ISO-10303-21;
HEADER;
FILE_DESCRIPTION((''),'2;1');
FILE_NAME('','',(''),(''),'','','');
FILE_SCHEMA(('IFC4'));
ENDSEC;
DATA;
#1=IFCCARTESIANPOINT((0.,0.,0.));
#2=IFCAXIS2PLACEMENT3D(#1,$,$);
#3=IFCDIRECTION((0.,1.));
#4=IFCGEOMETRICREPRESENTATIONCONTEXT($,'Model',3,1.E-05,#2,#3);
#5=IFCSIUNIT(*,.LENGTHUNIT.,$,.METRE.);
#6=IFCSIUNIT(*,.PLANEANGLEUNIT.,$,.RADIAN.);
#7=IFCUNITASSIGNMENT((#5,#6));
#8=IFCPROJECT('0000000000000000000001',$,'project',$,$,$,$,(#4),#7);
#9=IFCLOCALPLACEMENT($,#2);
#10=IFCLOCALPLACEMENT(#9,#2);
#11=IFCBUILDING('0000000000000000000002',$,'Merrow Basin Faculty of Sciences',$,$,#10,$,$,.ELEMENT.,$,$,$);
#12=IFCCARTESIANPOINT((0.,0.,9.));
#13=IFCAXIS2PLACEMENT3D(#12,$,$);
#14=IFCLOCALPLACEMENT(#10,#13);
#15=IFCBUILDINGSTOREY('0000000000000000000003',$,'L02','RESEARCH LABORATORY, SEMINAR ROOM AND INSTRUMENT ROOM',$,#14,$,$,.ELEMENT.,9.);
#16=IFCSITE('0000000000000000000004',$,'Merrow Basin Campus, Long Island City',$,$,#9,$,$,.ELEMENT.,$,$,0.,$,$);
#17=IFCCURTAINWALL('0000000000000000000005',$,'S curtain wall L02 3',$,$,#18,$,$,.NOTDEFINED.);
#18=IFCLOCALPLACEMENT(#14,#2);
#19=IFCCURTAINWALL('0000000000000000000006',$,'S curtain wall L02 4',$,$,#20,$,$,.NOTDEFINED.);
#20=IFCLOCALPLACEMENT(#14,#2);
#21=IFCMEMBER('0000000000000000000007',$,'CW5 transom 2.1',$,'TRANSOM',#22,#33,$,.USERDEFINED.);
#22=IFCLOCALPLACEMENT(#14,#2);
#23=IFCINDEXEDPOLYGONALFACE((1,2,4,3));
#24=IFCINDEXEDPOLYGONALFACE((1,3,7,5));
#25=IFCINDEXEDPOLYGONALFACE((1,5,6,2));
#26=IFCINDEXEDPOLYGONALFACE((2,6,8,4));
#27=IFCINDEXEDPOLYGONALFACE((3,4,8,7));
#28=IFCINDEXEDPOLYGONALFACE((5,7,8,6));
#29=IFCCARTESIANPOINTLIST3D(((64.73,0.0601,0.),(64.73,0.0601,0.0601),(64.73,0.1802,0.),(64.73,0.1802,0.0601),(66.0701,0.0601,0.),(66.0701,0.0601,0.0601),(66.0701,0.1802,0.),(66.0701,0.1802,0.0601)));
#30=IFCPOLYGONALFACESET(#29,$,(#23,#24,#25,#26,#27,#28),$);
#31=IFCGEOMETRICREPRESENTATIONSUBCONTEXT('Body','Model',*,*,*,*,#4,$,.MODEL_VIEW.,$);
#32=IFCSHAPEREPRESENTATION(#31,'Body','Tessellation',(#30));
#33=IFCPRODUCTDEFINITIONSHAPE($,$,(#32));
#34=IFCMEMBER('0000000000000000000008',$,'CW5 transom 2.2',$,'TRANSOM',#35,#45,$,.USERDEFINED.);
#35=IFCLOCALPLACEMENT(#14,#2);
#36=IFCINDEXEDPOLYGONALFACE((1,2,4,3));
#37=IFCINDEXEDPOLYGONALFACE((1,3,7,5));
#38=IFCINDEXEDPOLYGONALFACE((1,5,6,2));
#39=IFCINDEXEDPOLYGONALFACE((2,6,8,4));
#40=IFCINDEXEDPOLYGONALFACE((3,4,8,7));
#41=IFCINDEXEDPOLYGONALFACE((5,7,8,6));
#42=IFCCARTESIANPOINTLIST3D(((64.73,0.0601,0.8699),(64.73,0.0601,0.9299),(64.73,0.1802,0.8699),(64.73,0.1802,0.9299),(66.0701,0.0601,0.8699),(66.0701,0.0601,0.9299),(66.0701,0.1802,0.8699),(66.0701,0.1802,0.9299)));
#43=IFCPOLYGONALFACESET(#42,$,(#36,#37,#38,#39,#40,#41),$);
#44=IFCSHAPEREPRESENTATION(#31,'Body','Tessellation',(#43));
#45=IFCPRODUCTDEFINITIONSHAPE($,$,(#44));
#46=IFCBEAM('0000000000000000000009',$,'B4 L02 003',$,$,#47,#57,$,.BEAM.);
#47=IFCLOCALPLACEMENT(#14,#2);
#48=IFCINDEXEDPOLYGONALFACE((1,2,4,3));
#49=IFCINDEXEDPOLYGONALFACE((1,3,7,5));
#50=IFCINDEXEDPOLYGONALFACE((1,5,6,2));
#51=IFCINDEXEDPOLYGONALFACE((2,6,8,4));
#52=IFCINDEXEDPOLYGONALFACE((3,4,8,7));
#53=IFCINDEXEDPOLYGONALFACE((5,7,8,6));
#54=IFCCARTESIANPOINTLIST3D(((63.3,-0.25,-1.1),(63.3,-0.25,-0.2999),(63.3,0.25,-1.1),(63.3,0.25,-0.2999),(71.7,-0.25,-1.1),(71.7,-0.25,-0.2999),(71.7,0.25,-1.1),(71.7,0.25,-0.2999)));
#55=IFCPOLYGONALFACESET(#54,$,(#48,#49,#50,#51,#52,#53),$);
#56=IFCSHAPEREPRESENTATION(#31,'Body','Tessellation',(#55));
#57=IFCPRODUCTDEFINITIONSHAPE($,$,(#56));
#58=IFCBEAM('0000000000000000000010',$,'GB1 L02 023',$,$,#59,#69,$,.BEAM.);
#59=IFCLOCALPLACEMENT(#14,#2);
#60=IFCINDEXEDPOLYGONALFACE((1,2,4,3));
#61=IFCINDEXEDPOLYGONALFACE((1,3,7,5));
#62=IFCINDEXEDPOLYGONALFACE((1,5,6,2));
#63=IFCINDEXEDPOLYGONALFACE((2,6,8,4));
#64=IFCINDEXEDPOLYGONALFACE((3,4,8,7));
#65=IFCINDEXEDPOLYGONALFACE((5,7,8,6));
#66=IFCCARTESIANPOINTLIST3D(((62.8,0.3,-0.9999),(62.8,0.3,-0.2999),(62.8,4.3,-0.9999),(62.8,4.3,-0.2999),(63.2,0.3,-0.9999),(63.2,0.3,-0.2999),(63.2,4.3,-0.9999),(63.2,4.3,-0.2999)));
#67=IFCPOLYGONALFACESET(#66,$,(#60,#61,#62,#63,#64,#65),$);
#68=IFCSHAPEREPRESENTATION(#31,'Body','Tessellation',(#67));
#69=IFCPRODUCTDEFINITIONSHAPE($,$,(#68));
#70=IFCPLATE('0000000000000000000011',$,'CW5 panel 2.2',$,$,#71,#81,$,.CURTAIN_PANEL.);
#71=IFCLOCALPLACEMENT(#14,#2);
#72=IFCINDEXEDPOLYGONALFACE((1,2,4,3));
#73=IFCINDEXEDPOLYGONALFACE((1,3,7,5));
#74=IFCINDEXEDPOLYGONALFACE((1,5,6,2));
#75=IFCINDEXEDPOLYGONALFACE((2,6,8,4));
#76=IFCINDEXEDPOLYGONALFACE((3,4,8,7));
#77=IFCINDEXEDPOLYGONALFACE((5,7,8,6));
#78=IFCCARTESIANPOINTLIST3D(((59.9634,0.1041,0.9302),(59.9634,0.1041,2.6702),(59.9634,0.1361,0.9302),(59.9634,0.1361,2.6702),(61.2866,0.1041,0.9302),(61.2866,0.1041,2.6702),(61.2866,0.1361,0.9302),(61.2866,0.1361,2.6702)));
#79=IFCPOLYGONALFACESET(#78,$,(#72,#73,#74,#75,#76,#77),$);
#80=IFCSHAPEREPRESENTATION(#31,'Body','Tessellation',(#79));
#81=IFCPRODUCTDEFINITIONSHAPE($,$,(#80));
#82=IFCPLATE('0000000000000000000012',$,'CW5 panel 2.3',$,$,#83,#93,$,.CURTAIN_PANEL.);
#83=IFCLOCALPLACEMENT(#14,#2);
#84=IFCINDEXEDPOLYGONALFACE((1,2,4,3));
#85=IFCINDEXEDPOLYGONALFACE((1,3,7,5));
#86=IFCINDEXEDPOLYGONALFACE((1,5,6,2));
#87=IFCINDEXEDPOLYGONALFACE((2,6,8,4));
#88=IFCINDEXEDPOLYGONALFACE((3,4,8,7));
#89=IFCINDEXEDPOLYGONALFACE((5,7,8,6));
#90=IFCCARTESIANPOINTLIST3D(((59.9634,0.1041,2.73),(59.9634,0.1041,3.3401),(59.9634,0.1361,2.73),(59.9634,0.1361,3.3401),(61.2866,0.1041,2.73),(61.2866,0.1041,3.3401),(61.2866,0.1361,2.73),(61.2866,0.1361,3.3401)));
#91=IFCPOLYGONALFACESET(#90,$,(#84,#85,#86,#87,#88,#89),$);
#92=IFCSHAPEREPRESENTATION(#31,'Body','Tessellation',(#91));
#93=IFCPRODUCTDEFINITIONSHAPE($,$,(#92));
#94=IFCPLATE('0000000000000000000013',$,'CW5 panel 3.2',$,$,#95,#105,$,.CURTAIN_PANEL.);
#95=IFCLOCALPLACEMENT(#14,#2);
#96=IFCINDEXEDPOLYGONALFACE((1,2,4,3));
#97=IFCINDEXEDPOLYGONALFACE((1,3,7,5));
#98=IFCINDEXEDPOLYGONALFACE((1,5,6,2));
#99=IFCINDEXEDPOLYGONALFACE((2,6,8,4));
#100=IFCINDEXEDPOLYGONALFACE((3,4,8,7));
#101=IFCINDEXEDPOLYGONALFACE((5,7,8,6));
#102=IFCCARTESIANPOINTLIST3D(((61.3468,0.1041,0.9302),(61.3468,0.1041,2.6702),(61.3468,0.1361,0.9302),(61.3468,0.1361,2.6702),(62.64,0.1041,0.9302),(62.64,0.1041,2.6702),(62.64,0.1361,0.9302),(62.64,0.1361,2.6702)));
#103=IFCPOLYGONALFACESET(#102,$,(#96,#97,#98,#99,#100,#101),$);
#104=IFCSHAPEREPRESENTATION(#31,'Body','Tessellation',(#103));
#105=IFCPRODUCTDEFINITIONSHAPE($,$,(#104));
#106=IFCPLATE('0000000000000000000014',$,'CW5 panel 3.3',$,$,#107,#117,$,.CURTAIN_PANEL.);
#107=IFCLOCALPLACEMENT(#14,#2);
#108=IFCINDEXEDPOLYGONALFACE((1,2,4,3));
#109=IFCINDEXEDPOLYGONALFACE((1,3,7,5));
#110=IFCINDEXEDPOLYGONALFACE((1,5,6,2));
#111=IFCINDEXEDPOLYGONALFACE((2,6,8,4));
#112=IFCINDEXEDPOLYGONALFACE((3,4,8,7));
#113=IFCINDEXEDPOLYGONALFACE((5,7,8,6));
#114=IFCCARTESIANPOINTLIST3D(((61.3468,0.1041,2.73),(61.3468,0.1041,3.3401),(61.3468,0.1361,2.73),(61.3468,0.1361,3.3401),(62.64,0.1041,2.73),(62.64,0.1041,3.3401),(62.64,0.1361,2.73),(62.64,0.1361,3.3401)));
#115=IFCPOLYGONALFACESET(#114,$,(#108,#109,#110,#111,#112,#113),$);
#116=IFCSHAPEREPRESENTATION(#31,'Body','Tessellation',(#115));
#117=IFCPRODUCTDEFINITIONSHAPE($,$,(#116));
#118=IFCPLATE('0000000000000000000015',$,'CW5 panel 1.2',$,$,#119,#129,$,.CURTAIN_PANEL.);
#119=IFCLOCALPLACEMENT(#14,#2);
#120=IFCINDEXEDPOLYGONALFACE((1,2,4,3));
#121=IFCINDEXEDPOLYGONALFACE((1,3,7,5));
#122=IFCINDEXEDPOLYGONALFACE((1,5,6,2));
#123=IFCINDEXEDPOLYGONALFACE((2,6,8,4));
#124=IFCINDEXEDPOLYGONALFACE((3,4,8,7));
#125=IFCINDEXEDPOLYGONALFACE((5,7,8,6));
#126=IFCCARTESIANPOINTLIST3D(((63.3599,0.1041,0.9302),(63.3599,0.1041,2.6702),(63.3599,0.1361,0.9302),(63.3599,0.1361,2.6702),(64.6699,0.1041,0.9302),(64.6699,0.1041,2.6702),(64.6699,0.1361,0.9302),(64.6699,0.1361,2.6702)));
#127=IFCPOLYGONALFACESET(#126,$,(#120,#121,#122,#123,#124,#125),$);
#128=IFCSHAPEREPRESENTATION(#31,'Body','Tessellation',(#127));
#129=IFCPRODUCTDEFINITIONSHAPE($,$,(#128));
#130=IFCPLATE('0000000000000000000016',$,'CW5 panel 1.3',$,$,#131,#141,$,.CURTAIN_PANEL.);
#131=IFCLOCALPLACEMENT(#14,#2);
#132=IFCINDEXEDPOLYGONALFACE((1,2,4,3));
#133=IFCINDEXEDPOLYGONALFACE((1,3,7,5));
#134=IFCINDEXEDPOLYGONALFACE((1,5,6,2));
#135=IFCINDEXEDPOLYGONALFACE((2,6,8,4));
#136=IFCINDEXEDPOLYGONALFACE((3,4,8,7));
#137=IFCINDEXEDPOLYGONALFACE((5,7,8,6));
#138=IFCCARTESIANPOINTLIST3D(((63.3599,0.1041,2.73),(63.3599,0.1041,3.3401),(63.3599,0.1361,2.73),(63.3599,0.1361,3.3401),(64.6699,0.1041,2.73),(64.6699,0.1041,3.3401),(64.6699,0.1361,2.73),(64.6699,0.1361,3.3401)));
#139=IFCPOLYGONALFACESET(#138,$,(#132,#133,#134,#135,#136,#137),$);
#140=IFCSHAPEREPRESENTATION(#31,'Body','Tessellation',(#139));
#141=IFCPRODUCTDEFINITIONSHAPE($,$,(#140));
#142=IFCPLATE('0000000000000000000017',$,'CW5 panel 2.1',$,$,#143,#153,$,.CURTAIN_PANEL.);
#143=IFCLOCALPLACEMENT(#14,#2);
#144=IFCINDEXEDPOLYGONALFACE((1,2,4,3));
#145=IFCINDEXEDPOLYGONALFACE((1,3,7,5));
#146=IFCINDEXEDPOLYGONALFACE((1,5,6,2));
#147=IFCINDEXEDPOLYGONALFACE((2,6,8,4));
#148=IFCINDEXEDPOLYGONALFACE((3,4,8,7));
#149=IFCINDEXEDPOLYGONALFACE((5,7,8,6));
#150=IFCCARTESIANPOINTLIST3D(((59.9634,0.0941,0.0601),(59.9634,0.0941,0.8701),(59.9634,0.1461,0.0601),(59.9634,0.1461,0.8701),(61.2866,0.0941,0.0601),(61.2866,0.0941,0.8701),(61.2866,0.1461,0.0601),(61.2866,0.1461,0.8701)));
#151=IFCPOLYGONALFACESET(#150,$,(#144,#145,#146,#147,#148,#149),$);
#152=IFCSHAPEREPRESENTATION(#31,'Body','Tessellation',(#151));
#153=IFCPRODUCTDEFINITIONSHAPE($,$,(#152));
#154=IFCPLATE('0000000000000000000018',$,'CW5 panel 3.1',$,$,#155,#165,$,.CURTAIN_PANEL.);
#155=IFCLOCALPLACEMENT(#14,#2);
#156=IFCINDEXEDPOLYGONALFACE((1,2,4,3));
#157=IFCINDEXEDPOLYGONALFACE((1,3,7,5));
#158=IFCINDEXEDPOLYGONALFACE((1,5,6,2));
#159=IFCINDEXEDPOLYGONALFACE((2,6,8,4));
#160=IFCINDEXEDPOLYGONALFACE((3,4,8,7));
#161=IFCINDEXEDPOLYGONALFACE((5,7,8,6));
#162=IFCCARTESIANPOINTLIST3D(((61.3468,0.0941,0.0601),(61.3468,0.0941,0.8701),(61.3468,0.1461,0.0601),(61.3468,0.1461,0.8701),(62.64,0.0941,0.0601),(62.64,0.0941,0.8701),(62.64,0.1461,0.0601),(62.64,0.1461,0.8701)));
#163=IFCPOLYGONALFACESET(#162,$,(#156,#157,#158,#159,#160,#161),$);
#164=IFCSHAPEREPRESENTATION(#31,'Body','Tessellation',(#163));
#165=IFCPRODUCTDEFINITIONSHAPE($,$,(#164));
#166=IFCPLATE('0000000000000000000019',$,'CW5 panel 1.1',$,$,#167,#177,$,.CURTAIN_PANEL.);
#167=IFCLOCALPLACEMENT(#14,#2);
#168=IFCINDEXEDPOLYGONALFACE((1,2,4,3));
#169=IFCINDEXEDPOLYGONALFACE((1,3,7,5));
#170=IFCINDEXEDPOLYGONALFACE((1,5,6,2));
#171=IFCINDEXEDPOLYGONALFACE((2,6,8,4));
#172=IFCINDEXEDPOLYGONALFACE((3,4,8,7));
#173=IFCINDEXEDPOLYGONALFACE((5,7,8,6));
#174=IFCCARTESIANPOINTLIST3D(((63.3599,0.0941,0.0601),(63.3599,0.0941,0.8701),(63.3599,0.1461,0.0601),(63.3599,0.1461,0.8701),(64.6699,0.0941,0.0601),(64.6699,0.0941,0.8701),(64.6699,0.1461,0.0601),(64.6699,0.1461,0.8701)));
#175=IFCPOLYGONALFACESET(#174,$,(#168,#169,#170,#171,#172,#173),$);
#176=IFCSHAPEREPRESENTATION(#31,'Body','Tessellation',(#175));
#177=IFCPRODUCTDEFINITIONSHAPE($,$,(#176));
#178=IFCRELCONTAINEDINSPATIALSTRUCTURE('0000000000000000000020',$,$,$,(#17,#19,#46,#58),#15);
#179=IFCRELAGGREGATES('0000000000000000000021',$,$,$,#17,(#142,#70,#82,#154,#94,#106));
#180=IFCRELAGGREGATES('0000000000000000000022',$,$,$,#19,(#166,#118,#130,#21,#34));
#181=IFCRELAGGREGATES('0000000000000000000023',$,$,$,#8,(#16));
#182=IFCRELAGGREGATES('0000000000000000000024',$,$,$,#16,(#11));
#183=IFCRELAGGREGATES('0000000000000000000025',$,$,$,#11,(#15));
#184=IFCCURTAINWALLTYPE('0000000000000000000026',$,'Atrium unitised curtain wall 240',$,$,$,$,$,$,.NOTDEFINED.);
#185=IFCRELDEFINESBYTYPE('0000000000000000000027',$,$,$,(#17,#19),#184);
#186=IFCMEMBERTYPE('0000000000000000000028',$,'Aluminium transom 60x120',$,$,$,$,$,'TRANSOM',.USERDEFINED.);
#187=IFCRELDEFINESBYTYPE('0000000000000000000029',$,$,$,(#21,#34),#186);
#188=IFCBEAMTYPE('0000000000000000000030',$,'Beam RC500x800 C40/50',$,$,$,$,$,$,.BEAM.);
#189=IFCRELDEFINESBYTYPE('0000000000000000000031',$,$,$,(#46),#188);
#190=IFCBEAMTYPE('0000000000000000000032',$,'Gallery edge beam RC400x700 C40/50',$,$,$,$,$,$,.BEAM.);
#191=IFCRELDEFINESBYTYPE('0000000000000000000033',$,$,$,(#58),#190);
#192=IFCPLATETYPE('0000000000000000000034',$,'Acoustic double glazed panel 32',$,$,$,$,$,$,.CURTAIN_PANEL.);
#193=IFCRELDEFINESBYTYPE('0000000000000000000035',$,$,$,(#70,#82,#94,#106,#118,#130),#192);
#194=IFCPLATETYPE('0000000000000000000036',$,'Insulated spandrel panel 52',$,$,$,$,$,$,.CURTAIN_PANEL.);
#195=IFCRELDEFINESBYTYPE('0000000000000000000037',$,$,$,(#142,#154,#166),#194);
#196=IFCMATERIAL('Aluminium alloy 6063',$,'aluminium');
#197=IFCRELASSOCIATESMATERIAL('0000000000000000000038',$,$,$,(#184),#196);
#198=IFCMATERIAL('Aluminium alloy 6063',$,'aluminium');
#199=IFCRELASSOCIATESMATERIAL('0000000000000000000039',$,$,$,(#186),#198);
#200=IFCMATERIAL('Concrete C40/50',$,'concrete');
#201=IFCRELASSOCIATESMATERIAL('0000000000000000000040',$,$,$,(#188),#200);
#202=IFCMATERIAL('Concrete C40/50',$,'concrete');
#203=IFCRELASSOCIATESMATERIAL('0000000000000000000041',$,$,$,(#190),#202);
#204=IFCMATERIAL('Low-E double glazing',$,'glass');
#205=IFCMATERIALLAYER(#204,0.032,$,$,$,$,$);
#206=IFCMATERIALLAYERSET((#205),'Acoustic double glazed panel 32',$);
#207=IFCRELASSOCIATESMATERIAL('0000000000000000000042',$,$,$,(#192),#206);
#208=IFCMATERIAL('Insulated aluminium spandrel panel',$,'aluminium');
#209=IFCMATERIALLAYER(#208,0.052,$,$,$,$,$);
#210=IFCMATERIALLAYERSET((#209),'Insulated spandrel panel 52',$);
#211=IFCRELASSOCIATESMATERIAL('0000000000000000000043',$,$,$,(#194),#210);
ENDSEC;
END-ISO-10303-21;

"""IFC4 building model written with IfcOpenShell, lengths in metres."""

from ifc_helpers import new_model, si_unit, direction, frame, origin, origin_2d, place, context, subcontext, project, spatial, rectangle, extrude, material, layer, layer_set, material_profile, profile_set, type_object, element, aggregate, save


model = new_model("IFC4")

# Units and contexts
model_context = context("Model", 3, precision=1e-05, world=origin(), true_north=direction((0.0, 1.0)))
body_context = subcontext(model_context, "Body", "Model", "MODEL_VIEW")
ifc_project = project(units=[si_unit("LENGTHUNIT", "METRE"), si_unit("PLANEANGLEUNIT", "RADIAN")], contexts=[model_context])

# Site, building, storey
site_placement = place(None, origin())
site = spatial("IfcSite", under=ifc_project, at=site_placement, Name="Merrow Basin Campus, Long Island City", CompositionType="ELEMENT", RefElevation=0.0)
building_placement = place(site_placement, origin())
building = spatial("IfcBuilding", under=site, at=building_placement, Name="Merrow Basin Faculty of Sciences", CompositionType="ELEMENT")
storey_placement = place(building_placement, frame((0.0, 0.0, 9.0)))
storey = spatial("IfcBuildingStorey", under=building, at=storey_placement, Name="L02", Description="RESEARCH LABORATORY, SEMINAR ROOM AND INSTRUMENT ROOM", CompositionType="ELEMENT", Elevation=9.0)

# Curtain walls
ifc_material_1 = material(Name="Aluminium alloy 6063", Category="aluminium")
curtain_wall_type = type_object("IfcCurtainWallType", Name="Atrium unitised curtain wall 240", PredefinedType="NOTDEFINED", material=ifc_material_1)
curtain_wall_1_placement = place(storey_placement, origin())
curtain_wall_1 = element("IfcCurtainWall", 1, at=curtain_wall_1_placement, inside=storey, type_object=curtain_wall_type, Name="S curtain wall L02 3", PredefinedType="NOTDEFINED")
curtain_wall_2_placement = place(storey_placement, origin())
curtain_wall_2 = element("IfcCurtainWall", 2, at=curtain_wall_2_placement, inside=storey, type_object=curtain_wall_type, Name="S curtain wall L02 4", PredefinedType="NOTDEFINED")

# Members
ifc_material_2 = material(Name="Aluminium alloy 6063", Category="aluminium")
ifc_material_profile_1 = material_profile(ifc_material_2, rectangle(XDim=0.1201, YDim=0.0601, at=origin_2d()))
ifc_profile_set_1 = profile_set([ifc_material_profile_1], Name="Aluminium alloy 6063")
member_type_1 = type_object("IfcMemberType", Name="Aluminium transom 60x120", ElementType="TRANSOM", PredefinedType="USERDEFINED", material=ifc_profile_set_1)
member_1_placement = place(storey_placement, frame((64.73, 0.1201, 0.03), z_axis=(1.0, 0.0, 0.0), x_axis=(0.0, 1.0, 0.0)))
member_1 = element("IfcMember", 3, at=member_1_placement, type_object=member_type_1, Name="CW5 transom 2.1", ObjectType="TRANSOM", PredefinedType="USERDEFINED", context=body_context, shape_type="SweptSolid", body=[
    extrude(rectangle(XDim=0.1201, YDim=0.0601, at=origin_2d()), origin(), (0.0, 0.0, 1.0), 1.3401),
])
member_2_placement = place(storey_placement, frame((64.73, 0.1201, 0.8999), z_axis=(1.0, 0.0, 0.0), x_axis=(0.0, 1.0, 0.0)))
member_2 = element("IfcMember", 4, at=member_2_placement, type_object=member_type_1, Name="CW5 transom 2.2", ObjectType="TRANSOM", PredefinedType="USERDEFINED", context=body_context, shape_type="SweptSolid", body=[
    extrude(rectangle(XDim=0.1201, YDim=0.0601, at=origin_2d()), origin(), (0.0, 0.0, 1.0), 1.3401),
])

# Beams
ifc_material_3 = material(Name="Concrete C40/50", Category="concrete")
ifc_material_profile_2 = material_profile(ifc_material_3, rectangle(XDim=0.5, YDim=0.8, at=origin_2d()))
ifc_profile_set_2 = profile_set([ifc_material_profile_2], Name="Concrete C40/50")
beam_type_1 = type_object("IfcBeamType", Name="Beam RC500x800 C40/50", PredefinedType="BEAM", material=ifc_profile_set_2)
beam_1_placement = place(storey_placement, frame((63.3, 0.0, -0.7), z_axis=(1.0, 0.0, 0.0), x_axis=(0.0, 1.0, 0.0)))
element("IfcBeam", 5, at=beam_1_placement, inside=storey, type_object=beam_type_1, Name="B4 L02 003", PredefinedType="BEAM", context=body_context, shape_type="SweptSolid", body=[
    extrude(rectangle(XDim=0.5, YDim=0.8, at=origin_2d()), origin(), (0.0, 0.0, 1.0), 8.3999),
])
ifc_material_4 = material(Name="Concrete C40/50", Category="concrete")
ifc_material_profile_3 = material_profile(ifc_material_4, rectangle(XDim=0.3999, YDim=0.7, at=origin_2d()))
ifc_profile_set_3 = profile_set([ifc_material_profile_3], Name="Concrete C40/50")
beam_type_2 = type_object("IfcBeamType", Name="Gallery edge beam RC400x700 C40/50", PredefinedType="BEAM", material=ifc_profile_set_3)
beam_2_placement = place(storey_placement, frame((63.0, 0.3, -0.6499), z_axis=(0.0, 1.0, 0.0), x_axis=(-1.0, 0.0, 0.0)))
element("IfcBeam", 6, at=beam_2_placement, inside=storey, type_object=beam_type_2, Name="GB1 L02 023", PredefinedType="BEAM", context=body_context, shape_type="SweptSolid", body=[
    extrude(rectangle(XDim=0.3999, YDim=0.7, at=origin_2d()), origin(), (0.0, 0.0, 1.0), 4.0),
])

# Plates
ifc_material_5 = material(Name="Low-E double glazing", Category="glass")
ifc_layer_1 = layer(ifc_material_5, 0.032)
ifc_layer_set_1 = layer_set([ifc_layer_1], Name="Acoustic double glazed panel 32")
plate_type_1 = type_object("IfcPlateType", Name="Acoustic double glazed panel 32", PredefinedType="CURTAIN_PANEL", material=ifc_layer_set_1)
plate_1_placement = place(storey_placement, frame((60.625, 0.1201, 0.9302), z_axis=(0.0, 0.0, 1.0), x_axis=(1.0, 0.0, 0.0)))
plate_1 = element("IfcPlate", 7, at=plate_1_placement, type_object=plate_type_1, Name="CW5 panel 2.2", PredefinedType="CURTAIN_PANEL", context=body_context, shape_type="SweptSolid", body=[
    extrude(rectangle(XDim=1.3232, YDim=0.032, at=origin_2d()), origin(), (0.0, 0.0, 1.0), 1.74),
])
plate_2_placement = place(storey_placement, frame((60.625, 0.1201, 2.73), z_axis=(0.0, 0.0, 1.0), x_axis=(1.0, 0.0, 0.0)))
plate_2 = element("IfcPlate", 8, at=plate_2_placement, type_object=plate_type_1, Name="CW5 panel 2.3", PredefinedType="CURTAIN_PANEL", context=body_context, shape_type="SweptSolid", body=[
    extrude(rectangle(XDim=1.3232, YDim=0.032, at=origin_2d()), origin(), (0.0, 0.0, 1.0), 0.6101),
])
plate_3_placement = place(storey_placement, frame((61.9934, 0.1201, 0.9302), z_axis=(0.0, 0.0, 1.0), x_axis=(1.0, 0.0, 0.0)))
plate_3 = element("IfcPlate", 9, at=plate_3_placement, type_object=plate_type_1, Name="CW5 panel 3.2", PredefinedType="CURTAIN_PANEL", context=body_context, shape_type="SweptSolid", body=[
    extrude(rectangle(XDim=1.2932, YDim=0.032, at=origin_2d()), origin(), (0.0, 0.0, 1.0), 1.74),
])
plate_4_placement = place(storey_placement, frame((61.9934, 0.1201, 2.73), z_axis=(0.0, 0.0, 1.0), x_axis=(1.0, 0.0, 0.0)))
plate_4 = element("IfcPlate", 10, at=plate_4_placement, type_object=plate_type_1, Name="CW5 panel 3.3", PredefinedType="CURTAIN_PANEL", context=body_context, shape_type="SweptSolid", body=[
    extrude(rectangle(XDim=1.2932, YDim=0.032, at=origin_2d()), origin(), (0.0, 0.0, 1.0), 0.6101),
])
plate_5_placement = place(storey_placement, frame((64.0149, 0.1201, 0.9302), z_axis=(0.0, 0.0, 1.0), x_axis=(1.0, 0.0, 0.0)))
plate_5 = element("IfcPlate", 11, at=plate_5_placement, type_object=plate_type_1, Name="CW5 panel 1.2", PredefinedType="CURTAIN_PANEL", context=body_context, shape_type="SweptSolid", body=[
    extrude(rectangle(XDim=1.3101, YDim=0.032, at=origin_2d()), origin(), (0.0, 0.0, 1.0), 1.74),
])
plate_6_placement = place(storey_placement, frame((64.0149, 0.1201, 2.73), z_axis=(0.0, 0.0, 1.0), x_axis=(1.0, 0.0, 0.0)))
plate_6 = element("IfcPlate", 12, at=plate_6_placement, type_object=plate_type_1, Name="CW5 panel 1.3", PredefinedType="CURTAIN_PANEL", context=body_context, shape_type="SweptSolid", body=[
    extrude(rectangle(XDim=1.3101, YDim=0.032, at=origin_2d()), origin(), (0.0, 0.0, 1.0), 0.6101),
])
ifc_material_6 = material(Name="Insulated aluminium spandrel panel", Category="aluminium")
ifc_layer_2 = layer(ifc_material_6, 0.052)
ifc_layer_set_2 = layer_set([ifc_layer_2], Name="Insulated spandrel panel 52")
plate_type_2 = type_object("IfcPlateType", Name="Insulated spandrel panel 52", PredefinedType="CURTAIN_PANEL", material=ifc_layer_set_2)
plate_7_placement = place(storey_placement, frame((60.625, 0.1201, 0.0601), z_axis=(0.0, 0.0, 1.0), x_axis=(1.0, 0.0, 0.0)))
plate_7 = element("IfcPlate", 13, at=plate_7_placement, type_object=plate_type_2, Name="CW5 panel 2.1", PredefinedType="CURTAIN_PANEL", context=body_context, shape_type="SweptSolid", body=[
    extrude(rectangle(XDim=1.3232, YDim=0.052, at=origin_2d()), origin(), (0.0, 0.0, 1.0), 0.8101),
])
plate_8_placement = place(storey_placement, frame((61.9934, 0.1201, 0.0601), z_axis=(0.0, 0.0, 1.0), x_axis=(1.0, 0.0, 0.0)))
plate_8 = element("IfcPlate", 14, at=plate_8_placement, type_object=plate_type_2, Name="CW5 panel 3.1", PredefinedType="CURTAIN_PANEL", context=body_context, shape_type="SweptSolid", body=[
    extrude(rectangle(XDim=1.2932, YDim=0.052, at=origin_2d()), origin(), (0.0, 0.0, 1.0), 0.8101),
])
aggregate(curtain_wall_1, [plate_7, plate_1, plate_2, plate_8, plate_3, plate_4])
plate_9_placement = place(storey_placement, frame((64.0149, 0.1201, 0.0601), z_axis=(0.0, 0.0, 1.0), x_axis=(1.0, 0.0, 0.0)))
plate_9 = element("IfcPlate", 15, at=plate_9_placement, type_object=plate_type_2, Name="CW5 panel 1.1", PredefinedType="CURTAIN_PANEL", context=body_context, shape_type="SweptSolid", body=[
    extrude(rectangle(XDim=1.3101, YDim=0.052, at=origin_2d()), origin(), (0.0, 0.0, 1.0), 0.8101),
])
aggregate(curtain_wall_2, [plate_9, plate_5, plate_6, member_1, member_2])

save(model, "model.ifc")
